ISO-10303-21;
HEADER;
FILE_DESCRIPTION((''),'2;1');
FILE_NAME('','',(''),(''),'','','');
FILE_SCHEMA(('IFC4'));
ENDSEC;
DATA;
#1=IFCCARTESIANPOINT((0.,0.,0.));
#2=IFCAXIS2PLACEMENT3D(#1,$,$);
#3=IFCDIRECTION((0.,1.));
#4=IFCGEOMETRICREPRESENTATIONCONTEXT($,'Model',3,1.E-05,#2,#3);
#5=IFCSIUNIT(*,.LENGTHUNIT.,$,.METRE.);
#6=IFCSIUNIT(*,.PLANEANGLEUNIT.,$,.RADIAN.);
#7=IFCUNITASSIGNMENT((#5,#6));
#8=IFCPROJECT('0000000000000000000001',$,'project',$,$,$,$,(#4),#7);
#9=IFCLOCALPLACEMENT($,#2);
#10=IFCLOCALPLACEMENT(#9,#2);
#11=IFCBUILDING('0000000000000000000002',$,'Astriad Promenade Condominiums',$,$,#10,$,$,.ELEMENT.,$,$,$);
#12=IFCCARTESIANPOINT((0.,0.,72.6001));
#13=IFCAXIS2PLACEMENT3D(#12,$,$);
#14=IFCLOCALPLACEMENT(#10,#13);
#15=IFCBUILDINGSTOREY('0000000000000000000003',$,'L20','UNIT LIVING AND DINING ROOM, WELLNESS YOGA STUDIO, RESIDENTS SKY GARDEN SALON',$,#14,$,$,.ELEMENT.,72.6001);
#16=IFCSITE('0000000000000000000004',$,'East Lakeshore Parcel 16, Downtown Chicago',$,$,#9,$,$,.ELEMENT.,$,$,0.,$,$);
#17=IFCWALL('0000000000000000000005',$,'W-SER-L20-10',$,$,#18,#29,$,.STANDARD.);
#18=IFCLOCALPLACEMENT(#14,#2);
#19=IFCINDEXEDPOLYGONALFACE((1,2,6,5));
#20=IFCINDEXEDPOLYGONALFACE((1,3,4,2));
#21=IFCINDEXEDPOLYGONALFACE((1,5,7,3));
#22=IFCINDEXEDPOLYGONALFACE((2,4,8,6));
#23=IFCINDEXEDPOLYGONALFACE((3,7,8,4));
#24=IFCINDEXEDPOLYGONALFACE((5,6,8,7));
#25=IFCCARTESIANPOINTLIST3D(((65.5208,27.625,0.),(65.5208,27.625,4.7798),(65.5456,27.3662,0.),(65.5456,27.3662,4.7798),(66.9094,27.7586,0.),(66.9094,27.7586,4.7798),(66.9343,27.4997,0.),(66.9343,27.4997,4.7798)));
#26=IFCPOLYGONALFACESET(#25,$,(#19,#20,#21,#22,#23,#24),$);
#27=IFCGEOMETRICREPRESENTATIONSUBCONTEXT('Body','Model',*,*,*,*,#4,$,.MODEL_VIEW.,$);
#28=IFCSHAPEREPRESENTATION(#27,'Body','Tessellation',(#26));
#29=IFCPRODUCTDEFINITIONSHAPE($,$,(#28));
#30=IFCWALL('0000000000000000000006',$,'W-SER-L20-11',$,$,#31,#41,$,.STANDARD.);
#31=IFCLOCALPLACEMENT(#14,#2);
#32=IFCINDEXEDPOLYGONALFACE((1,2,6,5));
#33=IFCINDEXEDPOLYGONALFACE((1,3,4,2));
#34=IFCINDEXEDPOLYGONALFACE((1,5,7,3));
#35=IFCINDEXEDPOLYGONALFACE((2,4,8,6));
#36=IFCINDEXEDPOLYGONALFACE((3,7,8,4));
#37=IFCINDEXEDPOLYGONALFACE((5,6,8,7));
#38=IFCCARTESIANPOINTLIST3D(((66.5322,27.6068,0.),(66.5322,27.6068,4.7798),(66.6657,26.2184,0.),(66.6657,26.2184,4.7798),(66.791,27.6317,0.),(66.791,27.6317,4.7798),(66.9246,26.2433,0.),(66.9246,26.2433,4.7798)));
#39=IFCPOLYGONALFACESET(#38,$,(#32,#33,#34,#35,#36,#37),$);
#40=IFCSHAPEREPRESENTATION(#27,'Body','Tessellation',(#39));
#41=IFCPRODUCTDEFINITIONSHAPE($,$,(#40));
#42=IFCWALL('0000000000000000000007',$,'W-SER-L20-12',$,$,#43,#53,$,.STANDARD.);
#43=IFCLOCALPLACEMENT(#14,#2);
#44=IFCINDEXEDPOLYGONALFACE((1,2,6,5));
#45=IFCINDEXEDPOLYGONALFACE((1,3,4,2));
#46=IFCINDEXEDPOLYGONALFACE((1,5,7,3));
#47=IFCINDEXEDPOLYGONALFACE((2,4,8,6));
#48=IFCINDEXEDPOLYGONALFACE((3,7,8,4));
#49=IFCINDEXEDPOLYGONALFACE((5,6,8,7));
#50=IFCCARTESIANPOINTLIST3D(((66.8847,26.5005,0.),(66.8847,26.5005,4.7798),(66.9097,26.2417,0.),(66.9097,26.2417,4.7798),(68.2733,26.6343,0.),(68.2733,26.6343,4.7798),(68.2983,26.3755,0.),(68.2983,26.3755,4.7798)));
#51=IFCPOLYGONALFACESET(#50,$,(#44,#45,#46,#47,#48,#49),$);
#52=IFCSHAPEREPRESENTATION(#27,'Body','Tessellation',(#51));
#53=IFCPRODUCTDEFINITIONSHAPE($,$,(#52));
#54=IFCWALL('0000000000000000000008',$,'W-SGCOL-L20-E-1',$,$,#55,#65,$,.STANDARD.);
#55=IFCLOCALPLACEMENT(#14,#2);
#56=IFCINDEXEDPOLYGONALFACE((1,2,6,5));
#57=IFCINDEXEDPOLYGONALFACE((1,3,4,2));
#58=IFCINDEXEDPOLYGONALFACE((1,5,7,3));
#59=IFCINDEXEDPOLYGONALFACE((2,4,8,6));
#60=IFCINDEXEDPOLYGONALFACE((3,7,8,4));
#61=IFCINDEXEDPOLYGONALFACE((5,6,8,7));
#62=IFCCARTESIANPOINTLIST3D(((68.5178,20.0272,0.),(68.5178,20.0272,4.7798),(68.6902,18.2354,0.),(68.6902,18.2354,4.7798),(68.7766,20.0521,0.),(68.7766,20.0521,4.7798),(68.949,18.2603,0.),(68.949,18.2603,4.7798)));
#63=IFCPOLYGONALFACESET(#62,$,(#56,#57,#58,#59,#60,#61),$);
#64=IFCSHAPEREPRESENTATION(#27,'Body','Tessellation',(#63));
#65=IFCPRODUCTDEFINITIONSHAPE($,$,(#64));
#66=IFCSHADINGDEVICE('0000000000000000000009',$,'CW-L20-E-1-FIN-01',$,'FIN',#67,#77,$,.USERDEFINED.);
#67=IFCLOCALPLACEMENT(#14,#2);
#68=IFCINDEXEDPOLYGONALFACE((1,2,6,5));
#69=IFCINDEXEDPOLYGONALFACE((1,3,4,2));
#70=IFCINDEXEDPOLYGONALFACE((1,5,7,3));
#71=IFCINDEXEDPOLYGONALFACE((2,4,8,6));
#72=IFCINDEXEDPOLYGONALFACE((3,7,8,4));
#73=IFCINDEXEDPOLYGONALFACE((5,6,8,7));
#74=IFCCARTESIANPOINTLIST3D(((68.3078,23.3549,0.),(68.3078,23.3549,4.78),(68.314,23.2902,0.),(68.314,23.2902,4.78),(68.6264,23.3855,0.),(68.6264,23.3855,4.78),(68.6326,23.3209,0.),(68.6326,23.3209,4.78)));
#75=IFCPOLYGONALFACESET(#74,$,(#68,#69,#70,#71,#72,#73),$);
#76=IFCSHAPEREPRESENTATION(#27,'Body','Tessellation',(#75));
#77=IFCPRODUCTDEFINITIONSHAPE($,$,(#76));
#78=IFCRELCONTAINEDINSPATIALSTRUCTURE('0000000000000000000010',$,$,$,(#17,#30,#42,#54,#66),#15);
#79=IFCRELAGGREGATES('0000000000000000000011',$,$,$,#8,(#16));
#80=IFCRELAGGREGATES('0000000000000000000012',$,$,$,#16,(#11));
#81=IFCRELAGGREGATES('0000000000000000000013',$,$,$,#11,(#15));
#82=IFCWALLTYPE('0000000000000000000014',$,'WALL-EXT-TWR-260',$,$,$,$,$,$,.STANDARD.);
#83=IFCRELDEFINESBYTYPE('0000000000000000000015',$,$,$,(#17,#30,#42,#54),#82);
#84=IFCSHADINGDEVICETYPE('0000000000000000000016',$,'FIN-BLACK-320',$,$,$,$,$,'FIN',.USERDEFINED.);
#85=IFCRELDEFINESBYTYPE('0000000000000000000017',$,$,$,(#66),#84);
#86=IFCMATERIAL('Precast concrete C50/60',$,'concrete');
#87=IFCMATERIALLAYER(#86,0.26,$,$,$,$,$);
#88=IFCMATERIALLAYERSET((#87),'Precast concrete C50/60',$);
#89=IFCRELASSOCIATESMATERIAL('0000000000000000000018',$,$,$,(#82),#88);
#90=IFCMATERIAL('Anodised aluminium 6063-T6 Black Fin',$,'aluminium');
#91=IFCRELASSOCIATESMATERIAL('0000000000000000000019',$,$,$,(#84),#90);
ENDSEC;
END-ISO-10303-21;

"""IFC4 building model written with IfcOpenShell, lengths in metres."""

from ifc_helpers import new_model, si_unit, direction, frame, frame_2d, origin, origin_2d, place, context, subcontext, project, spatial, rectangle, extrude, source, transform, mapped, material, layer, layer_set, type_object, type_shapes, element, save


model = new_model("IFC4")

# Units and contexts
model_context = context("Model", 3, precision=1e-05, world=origin(), true_north=direction((0.0, 1.0)))
body_context = subcontext(model_context, "Body", "Model", "MODEL_VIEW")
ifc_project = project(units=[si_unit("LENGTHUNIT", "METRE"), si_unit("PLANEANGLEUNIT", "RADIAN")], contexts=[model_context])

# Site, building, storey
site_placement = place(None, origin())
site = spatial("IfcSite", under=ifc_project, at=site_placement, Name="East Lakeshore Parcel 16, Downtown Chicago", CompositionType="ELEMENT", RefElevation=0.0)
building_placement = place(site_placement, origin())
building = spatial("IfcBuilding", under=site, at=building_placement, Name="Astriad Promenade Condominiums", CompositionType="ELEMENT")
storey_placement = place(building_placement, frame((0.0, 0.0, 72.6001)))
storey = spatial("IfcBuildingStorey", under=building, at=storey_placement, Name="L20", Description="UNIT LIVING AND DINING ROOM, WELLNESS YOGA STUDIO, RESIDENTS SKY GARDEN SALON", CompositionType="ELEMENT", Elevation=72.6001)

# Walls
ifc_material_1 = material(Name="Precast concrete C50/60", Category="concrete")
ifc_layer_1 = layer(ifc_material_1, 0.26)
ifc_layer_set_1 = layer_set([ifc_layer_1], Name="Precast concrete C50/60")
wall_type = type_object("IfcWallType", Name="WALL-EXT-TWR-260", PredefinedType="STANDARD", material=ifc_layer_set_1)
for number, where, z_axis, x_axis, name in (
    (1, (65.5332, 27.4956, 0.0), (0.0, 0.0, 1.0), (0.995408, 0.095726, 0.0), "W-SER-L20-10"),
):
    element("IfcWall", number, at=place(storey_placement, frame(where, z_axis=z_axis, x_axis=x_axis)), inside=storey, type_object=wall_type, Name=name, PredefinedType="STANDARD", context=body_context, shape_type="SweptSolid", body=[
        extrude(rectangle(XDim=1.395, YDim=0.26, at=frame_2d((0.6975, 0.0))), origin(), (0.0, 0.0, 1.0), 4.7798),
    ])
wall_1_placement = place(storey_placement, frame((66.6616, 27.6191, 0.0), z_axis=(0.0, 0.0, 1.0), x_axis=(0.095742, -0.995406, 0.0)))
element("IfcWall", 2, at=wall_1_placement, inside=storey, type_object=wall_type, Name="W-SER-L20-11", PredefinedType="STANDARD", context=body_context, shape_type="SweptSolid", body=[
    extrude(rectangle(XDim=1.3948, YDim=0.26, at=frame_2d((0.6973, 0.0))), origin(), (0.0, 0.0, 1.0), 4.7798),
])
wall_2_placement = place(storey_placement, frame((66.8972, 26.3711, 0.0), z_axis=(0.0, 0.0, 1.0), x_axis=(0.995391, 0.095899, 0.0)))
element("IfcWall", 3, at=wall_2_placement, inside=storey, type_object=wall_type, Name="W-SER-L20-12", PredefinedType="STANDARD", context=body_context, shape_type="SweptSolid", body=[
    extrude(rectangle(XDim=1.395, YDim=0.26, at=frame_2d((0.6975, 0.0))), origin(), (0.0, 0.0, 1.0), 4.7798),
])
wall_3_placement = place(storey_placement, frame((68.6472, 20.0396, 0.0), z_axis=(0.0, 0.0, 1.0), x_axis=(0.095756, -0.995405, 0.0)))
element("IfcWall", 4, at=wall_3_placement, inside=storey, type_object=wall_type, Name="W-SGCOL-L20-E-1", PredefinedType="STANDARD", context=body_context, shape_type="SweptSolid", body=[
    extrude(rectangle(XDim=1.8, YDim=0.26, at=frame_2d((0.8999, 0.0))), origin(), (0.0, 0.0, 1.0), 4.7798),
])

# Shading device
ifc_material_2 = material(Name="Anodised aluminium 6063-T6 Black Fin", Category="aluminium")
shading_device_type = type_object("IfcShadingDeviceType", Name="FIN-BLACK-320", ElementType="FIN", PredefinedType="USERDEFINED", material=ifc_material_2)
shared_shape_1 = source(origin(), body_context, "Body", "SweptSolid", [
    extrude(rectangle(XDim=0.0649, YDim=0.3201, at=origin_2d()), origin(), (0.0, 0.0, 1.0), 4.78),
])
type_shapes(shading_device_type, [shared_shape_1])
shading_device_placement = place(storey_placement, frame((68.4702, 23.3379, 0.0), z_axis=(0.0, 0.0, 1.0), x_axis=(0.095828, -0.995398, 0.0)))
element("IfcShadingDevice", 5, at=shading_device_placement, inside=storey, type_object=shading_device_type, Name="CW-L20-E-1-FIN-01", ObjectType="FIN", PredefinedType="USERDEFINED", context=body_context, shape_type="MappedRepresentation", body=[
    mapped(shared_shape_1, transform((0.0, 0.0, 0.0), scale=1.0)),
])

save(model, "model.ifc")
